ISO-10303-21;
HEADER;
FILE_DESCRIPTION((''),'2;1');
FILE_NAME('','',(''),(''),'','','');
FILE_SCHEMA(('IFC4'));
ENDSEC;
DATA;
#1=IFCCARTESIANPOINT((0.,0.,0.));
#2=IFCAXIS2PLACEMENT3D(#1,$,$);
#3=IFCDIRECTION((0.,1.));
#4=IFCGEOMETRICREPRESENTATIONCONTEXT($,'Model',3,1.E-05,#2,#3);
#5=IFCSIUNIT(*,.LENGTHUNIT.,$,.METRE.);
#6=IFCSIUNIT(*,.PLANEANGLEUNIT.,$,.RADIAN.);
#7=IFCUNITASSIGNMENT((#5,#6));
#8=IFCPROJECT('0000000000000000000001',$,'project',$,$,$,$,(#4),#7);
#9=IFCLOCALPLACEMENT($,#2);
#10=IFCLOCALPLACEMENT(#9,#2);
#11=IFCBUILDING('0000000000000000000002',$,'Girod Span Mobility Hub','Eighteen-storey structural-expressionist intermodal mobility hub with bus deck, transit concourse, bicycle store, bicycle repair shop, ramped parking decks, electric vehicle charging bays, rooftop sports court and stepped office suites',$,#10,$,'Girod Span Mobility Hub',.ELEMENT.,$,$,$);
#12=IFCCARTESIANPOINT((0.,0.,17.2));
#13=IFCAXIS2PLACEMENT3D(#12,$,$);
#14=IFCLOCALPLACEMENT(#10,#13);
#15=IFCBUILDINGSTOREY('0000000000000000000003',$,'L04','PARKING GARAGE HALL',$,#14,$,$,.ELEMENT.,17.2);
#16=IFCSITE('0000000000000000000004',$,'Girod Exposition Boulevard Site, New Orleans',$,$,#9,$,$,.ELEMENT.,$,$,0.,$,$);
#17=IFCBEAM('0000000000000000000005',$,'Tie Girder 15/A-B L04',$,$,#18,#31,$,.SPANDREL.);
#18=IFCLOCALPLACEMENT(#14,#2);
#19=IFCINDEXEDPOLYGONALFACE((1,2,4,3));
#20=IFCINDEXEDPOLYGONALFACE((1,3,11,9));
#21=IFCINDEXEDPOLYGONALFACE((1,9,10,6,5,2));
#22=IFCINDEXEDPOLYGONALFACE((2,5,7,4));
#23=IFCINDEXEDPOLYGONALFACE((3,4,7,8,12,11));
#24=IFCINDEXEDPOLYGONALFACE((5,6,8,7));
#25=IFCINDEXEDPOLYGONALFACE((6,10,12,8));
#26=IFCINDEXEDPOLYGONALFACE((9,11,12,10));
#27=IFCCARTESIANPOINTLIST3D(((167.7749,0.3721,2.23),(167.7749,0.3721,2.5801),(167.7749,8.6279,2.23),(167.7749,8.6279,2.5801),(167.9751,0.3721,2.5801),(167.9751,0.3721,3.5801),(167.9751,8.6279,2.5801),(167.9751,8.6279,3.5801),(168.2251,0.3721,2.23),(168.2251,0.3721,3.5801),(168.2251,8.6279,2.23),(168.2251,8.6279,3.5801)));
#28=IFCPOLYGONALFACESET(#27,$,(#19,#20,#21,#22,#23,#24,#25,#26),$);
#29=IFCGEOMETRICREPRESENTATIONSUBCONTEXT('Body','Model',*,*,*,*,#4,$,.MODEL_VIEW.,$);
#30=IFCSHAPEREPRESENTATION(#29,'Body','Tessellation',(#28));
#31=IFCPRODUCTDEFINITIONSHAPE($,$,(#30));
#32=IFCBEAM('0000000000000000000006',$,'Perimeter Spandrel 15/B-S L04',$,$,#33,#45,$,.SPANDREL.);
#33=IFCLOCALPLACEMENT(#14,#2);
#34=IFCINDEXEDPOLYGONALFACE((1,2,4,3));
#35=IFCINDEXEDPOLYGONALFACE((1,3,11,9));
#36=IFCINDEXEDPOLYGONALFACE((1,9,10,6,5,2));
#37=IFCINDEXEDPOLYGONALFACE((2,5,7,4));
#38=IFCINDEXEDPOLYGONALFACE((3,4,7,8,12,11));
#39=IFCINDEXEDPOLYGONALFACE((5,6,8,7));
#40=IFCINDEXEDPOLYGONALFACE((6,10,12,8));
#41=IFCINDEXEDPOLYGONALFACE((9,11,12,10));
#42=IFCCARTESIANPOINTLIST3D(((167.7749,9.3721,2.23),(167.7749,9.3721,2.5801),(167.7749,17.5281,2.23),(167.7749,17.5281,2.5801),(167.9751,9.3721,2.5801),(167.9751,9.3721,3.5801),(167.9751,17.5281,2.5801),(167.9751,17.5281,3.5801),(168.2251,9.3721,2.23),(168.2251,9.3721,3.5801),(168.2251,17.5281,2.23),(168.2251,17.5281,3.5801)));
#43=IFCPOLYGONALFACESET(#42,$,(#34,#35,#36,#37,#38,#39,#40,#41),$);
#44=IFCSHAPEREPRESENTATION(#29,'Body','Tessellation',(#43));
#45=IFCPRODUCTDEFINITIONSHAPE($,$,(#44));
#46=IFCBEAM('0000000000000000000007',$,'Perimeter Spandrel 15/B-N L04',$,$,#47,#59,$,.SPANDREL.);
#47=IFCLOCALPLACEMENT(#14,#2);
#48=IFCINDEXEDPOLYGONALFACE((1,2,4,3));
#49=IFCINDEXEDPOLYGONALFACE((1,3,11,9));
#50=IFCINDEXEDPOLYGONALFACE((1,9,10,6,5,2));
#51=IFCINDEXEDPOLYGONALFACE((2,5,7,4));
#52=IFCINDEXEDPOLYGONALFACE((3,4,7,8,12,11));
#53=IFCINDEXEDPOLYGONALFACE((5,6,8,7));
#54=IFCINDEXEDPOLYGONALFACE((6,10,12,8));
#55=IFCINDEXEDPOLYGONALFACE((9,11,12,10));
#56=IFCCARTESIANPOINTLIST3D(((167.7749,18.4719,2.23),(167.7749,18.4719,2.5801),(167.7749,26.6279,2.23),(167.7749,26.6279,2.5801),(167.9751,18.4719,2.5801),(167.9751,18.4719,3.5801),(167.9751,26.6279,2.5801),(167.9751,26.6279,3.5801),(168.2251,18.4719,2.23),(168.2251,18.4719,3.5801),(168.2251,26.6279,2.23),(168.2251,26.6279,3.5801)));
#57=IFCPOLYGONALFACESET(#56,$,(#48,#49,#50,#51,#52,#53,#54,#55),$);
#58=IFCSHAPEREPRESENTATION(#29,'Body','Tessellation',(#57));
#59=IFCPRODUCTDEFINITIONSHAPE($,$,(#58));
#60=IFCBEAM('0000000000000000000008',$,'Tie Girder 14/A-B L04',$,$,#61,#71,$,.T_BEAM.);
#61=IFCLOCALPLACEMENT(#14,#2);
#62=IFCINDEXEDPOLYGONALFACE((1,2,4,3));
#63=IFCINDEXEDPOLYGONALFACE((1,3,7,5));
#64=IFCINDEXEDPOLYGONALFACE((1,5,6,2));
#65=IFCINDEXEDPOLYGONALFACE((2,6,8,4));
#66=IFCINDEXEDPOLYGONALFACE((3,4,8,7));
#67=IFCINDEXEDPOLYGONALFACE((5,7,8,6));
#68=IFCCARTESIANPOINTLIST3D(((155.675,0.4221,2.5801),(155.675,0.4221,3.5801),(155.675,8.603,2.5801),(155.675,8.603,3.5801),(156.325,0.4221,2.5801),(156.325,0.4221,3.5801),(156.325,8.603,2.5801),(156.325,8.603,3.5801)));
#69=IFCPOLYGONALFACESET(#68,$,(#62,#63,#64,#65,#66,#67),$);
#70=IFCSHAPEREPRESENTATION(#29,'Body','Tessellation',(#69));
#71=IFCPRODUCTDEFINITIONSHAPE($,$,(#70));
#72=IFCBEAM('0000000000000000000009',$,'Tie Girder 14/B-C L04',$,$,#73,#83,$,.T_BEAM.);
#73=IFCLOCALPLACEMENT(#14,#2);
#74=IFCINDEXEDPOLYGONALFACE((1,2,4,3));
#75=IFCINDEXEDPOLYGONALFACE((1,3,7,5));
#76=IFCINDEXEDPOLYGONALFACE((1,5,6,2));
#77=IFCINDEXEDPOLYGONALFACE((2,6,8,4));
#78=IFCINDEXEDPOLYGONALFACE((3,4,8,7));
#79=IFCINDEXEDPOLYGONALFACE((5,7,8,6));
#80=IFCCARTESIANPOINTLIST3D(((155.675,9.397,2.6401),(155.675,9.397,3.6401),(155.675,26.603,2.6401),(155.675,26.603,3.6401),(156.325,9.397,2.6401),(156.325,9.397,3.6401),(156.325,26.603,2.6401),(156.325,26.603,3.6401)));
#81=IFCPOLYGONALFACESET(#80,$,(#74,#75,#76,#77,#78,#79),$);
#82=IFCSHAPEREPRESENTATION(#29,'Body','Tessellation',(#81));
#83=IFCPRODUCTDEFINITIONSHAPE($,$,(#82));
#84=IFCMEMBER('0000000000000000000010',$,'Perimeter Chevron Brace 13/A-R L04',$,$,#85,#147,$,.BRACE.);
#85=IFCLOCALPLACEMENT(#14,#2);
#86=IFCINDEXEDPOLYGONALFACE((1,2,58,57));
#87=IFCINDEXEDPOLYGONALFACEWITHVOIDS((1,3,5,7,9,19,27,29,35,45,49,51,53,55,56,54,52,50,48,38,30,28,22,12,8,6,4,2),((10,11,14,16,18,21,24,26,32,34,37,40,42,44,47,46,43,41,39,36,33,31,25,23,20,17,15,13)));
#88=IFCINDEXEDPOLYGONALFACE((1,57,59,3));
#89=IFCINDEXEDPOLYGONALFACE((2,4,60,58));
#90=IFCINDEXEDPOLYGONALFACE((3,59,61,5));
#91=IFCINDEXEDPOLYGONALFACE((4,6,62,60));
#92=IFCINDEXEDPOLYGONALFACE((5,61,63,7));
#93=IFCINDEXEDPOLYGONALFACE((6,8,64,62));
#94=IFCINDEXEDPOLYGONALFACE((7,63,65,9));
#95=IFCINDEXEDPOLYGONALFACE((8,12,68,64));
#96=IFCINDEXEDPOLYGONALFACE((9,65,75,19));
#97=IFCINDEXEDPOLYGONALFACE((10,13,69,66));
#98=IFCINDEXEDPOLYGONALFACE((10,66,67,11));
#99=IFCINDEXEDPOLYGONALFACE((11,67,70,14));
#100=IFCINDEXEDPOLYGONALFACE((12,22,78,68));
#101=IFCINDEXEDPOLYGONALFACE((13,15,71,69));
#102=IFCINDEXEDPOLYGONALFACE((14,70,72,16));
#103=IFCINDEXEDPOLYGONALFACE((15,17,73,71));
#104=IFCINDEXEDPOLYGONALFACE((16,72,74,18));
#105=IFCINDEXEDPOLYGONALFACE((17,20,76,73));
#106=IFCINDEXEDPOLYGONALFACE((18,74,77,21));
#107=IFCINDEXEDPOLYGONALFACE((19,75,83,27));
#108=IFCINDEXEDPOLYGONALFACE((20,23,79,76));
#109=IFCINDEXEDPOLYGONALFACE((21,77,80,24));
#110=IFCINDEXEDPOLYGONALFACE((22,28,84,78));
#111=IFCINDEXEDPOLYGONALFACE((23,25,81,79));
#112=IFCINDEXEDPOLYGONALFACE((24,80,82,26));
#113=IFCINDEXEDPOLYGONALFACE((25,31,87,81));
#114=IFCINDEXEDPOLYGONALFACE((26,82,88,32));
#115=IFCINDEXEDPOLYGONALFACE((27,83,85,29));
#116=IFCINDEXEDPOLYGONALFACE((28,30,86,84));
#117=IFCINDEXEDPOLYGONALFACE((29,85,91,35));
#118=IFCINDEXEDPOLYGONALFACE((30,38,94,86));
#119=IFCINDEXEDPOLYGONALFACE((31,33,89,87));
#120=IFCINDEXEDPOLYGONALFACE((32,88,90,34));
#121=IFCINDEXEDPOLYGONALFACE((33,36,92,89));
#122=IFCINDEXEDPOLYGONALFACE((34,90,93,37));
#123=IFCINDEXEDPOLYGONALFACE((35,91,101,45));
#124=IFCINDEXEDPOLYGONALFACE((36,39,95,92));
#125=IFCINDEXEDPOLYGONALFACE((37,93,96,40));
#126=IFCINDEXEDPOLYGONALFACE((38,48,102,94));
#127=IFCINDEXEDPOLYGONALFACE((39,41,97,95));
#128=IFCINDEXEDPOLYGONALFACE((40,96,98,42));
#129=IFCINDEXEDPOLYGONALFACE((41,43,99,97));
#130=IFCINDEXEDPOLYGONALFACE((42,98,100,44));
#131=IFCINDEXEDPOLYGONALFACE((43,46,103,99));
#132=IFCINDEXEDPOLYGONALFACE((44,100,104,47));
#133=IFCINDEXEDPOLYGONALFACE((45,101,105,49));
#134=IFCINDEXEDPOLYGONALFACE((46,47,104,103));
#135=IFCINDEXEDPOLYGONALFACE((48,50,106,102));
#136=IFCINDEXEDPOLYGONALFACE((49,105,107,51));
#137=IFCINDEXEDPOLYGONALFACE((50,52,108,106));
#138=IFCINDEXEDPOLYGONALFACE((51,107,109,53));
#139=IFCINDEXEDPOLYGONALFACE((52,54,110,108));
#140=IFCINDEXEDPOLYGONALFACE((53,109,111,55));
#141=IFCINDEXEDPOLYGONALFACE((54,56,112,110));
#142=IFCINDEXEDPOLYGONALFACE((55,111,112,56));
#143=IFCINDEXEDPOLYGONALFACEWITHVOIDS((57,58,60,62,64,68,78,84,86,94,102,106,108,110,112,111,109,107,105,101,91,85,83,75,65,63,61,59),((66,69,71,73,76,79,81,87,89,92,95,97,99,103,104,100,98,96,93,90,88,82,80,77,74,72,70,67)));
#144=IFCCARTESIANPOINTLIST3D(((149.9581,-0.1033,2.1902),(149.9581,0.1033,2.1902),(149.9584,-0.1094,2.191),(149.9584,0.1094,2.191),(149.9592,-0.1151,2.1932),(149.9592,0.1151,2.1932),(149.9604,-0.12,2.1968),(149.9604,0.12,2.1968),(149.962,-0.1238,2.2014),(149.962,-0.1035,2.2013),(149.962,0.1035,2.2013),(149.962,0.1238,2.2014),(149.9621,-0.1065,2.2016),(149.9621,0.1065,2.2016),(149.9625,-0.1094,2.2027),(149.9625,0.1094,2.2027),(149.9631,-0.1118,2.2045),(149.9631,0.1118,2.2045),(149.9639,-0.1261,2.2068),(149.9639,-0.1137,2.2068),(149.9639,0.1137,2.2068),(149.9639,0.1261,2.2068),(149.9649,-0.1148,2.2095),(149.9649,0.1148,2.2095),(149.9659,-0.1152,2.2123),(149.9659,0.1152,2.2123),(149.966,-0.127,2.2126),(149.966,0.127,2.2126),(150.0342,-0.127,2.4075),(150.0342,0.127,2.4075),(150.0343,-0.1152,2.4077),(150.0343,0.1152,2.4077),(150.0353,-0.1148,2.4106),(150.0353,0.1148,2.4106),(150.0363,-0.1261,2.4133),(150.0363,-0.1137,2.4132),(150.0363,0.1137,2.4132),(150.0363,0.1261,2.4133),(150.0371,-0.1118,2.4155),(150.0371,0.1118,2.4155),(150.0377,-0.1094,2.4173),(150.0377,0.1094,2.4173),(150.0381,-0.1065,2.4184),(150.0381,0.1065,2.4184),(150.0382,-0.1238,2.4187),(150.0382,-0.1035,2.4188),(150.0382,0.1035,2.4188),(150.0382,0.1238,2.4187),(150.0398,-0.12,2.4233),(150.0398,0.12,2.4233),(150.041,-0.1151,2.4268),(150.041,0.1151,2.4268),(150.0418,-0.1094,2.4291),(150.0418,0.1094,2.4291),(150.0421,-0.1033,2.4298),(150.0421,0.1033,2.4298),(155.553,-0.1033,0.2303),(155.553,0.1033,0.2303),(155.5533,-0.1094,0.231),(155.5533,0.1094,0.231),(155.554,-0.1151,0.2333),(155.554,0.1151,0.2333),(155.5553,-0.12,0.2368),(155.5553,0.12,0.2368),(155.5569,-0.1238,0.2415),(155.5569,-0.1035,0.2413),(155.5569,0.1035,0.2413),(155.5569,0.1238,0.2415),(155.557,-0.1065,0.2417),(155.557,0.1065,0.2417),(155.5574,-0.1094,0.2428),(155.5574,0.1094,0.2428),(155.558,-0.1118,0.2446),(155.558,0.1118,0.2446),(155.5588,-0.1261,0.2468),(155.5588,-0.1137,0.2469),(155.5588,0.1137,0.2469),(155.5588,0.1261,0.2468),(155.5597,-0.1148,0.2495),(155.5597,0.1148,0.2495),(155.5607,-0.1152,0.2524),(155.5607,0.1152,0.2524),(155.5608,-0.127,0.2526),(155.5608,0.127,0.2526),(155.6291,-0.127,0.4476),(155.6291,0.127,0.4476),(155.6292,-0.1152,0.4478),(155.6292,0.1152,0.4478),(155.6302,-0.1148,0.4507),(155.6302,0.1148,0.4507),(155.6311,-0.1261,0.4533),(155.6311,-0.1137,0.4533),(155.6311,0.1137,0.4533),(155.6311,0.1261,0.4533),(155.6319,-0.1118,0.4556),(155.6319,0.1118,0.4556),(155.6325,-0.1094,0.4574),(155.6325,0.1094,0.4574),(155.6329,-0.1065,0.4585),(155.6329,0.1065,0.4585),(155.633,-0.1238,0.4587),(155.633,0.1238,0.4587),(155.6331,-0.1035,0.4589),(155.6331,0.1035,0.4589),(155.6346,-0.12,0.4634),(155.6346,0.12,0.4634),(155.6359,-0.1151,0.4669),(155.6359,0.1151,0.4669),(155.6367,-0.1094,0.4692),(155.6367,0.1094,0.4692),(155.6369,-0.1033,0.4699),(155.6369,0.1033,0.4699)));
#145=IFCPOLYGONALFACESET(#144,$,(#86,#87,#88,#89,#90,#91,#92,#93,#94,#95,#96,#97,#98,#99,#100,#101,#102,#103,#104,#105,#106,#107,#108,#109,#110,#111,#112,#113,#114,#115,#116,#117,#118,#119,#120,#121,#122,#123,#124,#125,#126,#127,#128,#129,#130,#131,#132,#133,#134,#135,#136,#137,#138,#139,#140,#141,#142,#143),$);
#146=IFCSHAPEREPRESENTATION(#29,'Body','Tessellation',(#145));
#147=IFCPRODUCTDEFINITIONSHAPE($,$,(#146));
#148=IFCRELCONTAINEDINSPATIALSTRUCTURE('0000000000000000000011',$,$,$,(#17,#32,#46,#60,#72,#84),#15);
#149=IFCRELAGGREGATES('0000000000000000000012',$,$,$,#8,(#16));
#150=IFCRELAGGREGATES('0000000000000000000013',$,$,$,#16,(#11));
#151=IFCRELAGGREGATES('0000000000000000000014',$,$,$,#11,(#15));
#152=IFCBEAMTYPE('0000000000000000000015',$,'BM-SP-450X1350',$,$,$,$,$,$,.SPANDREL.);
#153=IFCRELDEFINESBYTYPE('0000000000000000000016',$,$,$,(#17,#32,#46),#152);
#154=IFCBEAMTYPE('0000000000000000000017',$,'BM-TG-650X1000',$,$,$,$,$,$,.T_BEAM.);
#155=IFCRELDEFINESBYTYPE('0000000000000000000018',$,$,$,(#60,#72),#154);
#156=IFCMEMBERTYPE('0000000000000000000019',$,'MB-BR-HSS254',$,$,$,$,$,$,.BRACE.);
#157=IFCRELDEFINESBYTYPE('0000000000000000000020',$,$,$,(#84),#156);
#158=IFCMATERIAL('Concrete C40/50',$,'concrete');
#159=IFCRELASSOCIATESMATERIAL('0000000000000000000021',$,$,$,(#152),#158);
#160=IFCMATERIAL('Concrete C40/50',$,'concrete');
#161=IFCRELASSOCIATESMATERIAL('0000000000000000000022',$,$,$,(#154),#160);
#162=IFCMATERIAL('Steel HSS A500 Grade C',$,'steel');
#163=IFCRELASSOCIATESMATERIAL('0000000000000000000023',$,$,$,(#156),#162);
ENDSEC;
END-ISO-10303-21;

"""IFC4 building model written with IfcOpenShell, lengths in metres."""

from ifc_helpers import new_model, si_unit, direction, frame, origin, origin_2d, place, context, subcontext, project, spatial, polyline, rectangle, hollow_rectangle, outline, extrude, material, material_profile, profile_set, type_object, element, save


model = new_model("IFC4")

# Units and contexts
model_context = context("Model", 3, precision=1e-05, world=origin(), true_north=direction((0.0, 1.0)))
body_context = subcontext(model_context, "Body", "Model", "MODEL_VIEW")
ifc_project = project(units=[si_unit("LENGTHUNIT", "METRE"), si_unit("PLANEANGLEUNIT", "RADIAN")], contexts=[model_context])

# Site, building, storey
site_placement = place(None, origin())
site = spatial("IfcSite", under=ifc_project, at=site_placement, Name="Girod Exposition Boulevard Site, New Orleans", CompositionType="ELEMENT", RefElevation=0.0)
building_placement = place(site_placement, origin())
building = spatial("IfcBuilding", under=site, at=building_placement, Name="Girod Span Mobility Hub", Description="Eighteen-storey structural-expressionist intermodal mobility hub with bus deck, transit concourse, bicycle store, bicycle repair shop, ramped parking decks, electric vehicle charging bays, rooftop sports court and stepped office suites", LongName="Girod Span Mobility Hub", CompositionType="ELEMENT")
storey_placement = place(building_placement, frame((0.0, 0.0, 17.2)))
storey = spatial("IfcBuildingStorey", under=building, at=storey_placement, Name="L04", Description="PARKING GARAGE HALL", CompositionType="ELEMENT", Elevation=17.2)

# Beams
ifc_material_1 = material(Name="Concrete C40/50", Category="concrete")
ifc_material_profile_1 = material_profile(ifc_material_1, outline(polyline([(-0.2251, -0.675), (0.2251, -0.675), (0.2251, -0.325), (0.0249, -0.325), (0.0249, 0.675), (-0.2251, 0.675), (-0.2251, -0.675)])), Name="SP-450X1350")
ifc_profile_set_1 = profile_set([ifc_material_profile_1], Name="Concrete C40/50")
beam_type_1 = type_object("IfcBeamType", Name="BM-SP-450X1350", PredefinedType="SPANDREL", material=ifc_profile_set_1)
beam_1_placement = place(storey_placement, frame((168.0, 0.3721, 2.905), z_axis=(0.0, 1.0, 0.0), x_axis=(-1.0, 0.0, 0.0)))
element("IfcBeam", 1, at=beam_1_placement, inside=storey, type_object=beam_type_1, Name="Tie Girder 15/A-B L04", PredefinedType="SPANDREL", context=body_context, shape_type="SweptSolid", body=[
    extrude(outline(polyline([(-0.2251, -0.675), (0.2251, -0.675), (0.2251, -0.325), (0.0249, -0.325), (0.0249, 0.675), (-0.2251, 0.675), (-0.2251, -0.675)])), origin(), (0.0, 0.0, 1.0), 8.2559),
])
for number, where, z_axis, x_axis, name in (
    (2, (168.0, 9.3721, 2.905), (0.0, 1.0, 0.0), (-1.0, 0.0, 0.0), "Perimeter Spandrel 15/B-S L04"),
    (3, (168.0, 18.4719, 2.905), (0.0, 1.0, 0.0), (-1.0, 0.0, 0.0), "Perimeter Spandrel 15/B-N L04"),
):
    element("IfcBeam", number, at=place(storey_placement, frame(where, z_axis=z_axis, x_axis=x_axis)), inside=storey, type_object=beam_type_1, Name=name, PredefinedType="SPANDREL", context=body_context, shape_type="SweptSolid", body=[
        extrude(outline(polyline([(-0.2251, -0.675), (0.2251, -0.675), (0.2251, -0.325), (0.0249, -0.325), (0.0249, 0.675), (-0.2251, 0.675), (-0.2251, -0.675)])), origin(), (0.0, 0.0, 1.0), 8.156),
    ])
ifc_material_2 = material(Name="Concrete C40/50", Category="concrete")
ifc_material_profile_2 = material_profile(ifc_material_2, rectangle(XDim=0.6499, YDim=1.0, at=origin_2d()), Name="TG-650X1000")
ifc_profile_set_2 = profile_set([ifc_material_profile_2], Name="Concrete C40/50")
beam_type_2 = type_object("IfcBeamType", Name="BM-TG-650X1000", PredefinedType="T_BEAM", material=ifc_profile_set_2)
beam_2_placement = place(storey_placement, frame((156.0, 0.4221, 3.0801), z_axis=(0.0, 1.0, 0.0), x_axis=(-1.0, 0.0, 0.0)))
element("IfcBeam", 4, at=beam_2_placement, inside=storey, type_object=beam_type_2, Name="Tie Girder 14/A-B L04", PredefinedType="T_BEAM", context=body_context, shape_type="SweptSolid", body=[
    extrude(rectangle(XDim=0.6499, YDim=1.0, at=origin_2d()), origin(), (0.0, 0.0, 1.0), 8.1809),
])
beam_3_placement = place(storey_placement, frame((156.0, 9.397, 3.1401), z_axis=(0.0, 1.0, 0.0), x_axis=(-1.0, 0.0, 0.0)))
element("IfcBeam", 5, at=beam_3_placement, inside=storey, type_object=beam_type_2, Name="Tie Girder 14/B-C L04", PredefinedType="T_BEAM", context=body_context, shape_type="SweptSolid", body=[
    extrude(rectangle(XDim=0.6499, YDim=1.0, at=origin_2d()), origin(), (0.0, 0.0, 1.0), 17.2061),
])

# Member
ifc_material_3 = material(Name="Steel HSS A500 Grade C", Category="steel")
ifc_material_profile_3 = material_profile(ifc_material_3, hollow_rectangle(XDim=0.2539, YDim=0.2539, WallThickness=0.0117, InnerFilletRadius=0.0117, OuterFilletRadius=0.0237, at=origin_2d()), Name="HSS254X254X12.7")
ifc_profile_set_3 = profile_set([ifc_material_profile_3], Name="Steel HSS A500 Grade C")
member_type = type_object("IfcMemberType", Name="MB-BR-HSS254", PredefinedType="BRACE", material=ifc_profile_set_3)
member_placement = place(storey_placement, frame((155.595, 0.0, 0.3501), z_axis=(-0.943768, 0.0, 0.330609), x_axis=(0.0, -1.0, 0.0)))
element("IfcMember", 6, at=member_placement, inside=storey, type_object=member_type, Name="Perimeter Chevron Brace 13/A-R L04", PredefinedType="BRACE", context=body_context, shape_type="SweptSolid", body=[
    extrude(hollow_rectangle(XDim=0.2539, YDim=0.2539, WallThickness=0.0117, InnerFilletRadius=0.0117, OuterFilletRadius=0.0237, at=origin_2d()), origin(), (0.0, 0.0, 1.0), 5.9282),
])

save(model, "model.ifc")
